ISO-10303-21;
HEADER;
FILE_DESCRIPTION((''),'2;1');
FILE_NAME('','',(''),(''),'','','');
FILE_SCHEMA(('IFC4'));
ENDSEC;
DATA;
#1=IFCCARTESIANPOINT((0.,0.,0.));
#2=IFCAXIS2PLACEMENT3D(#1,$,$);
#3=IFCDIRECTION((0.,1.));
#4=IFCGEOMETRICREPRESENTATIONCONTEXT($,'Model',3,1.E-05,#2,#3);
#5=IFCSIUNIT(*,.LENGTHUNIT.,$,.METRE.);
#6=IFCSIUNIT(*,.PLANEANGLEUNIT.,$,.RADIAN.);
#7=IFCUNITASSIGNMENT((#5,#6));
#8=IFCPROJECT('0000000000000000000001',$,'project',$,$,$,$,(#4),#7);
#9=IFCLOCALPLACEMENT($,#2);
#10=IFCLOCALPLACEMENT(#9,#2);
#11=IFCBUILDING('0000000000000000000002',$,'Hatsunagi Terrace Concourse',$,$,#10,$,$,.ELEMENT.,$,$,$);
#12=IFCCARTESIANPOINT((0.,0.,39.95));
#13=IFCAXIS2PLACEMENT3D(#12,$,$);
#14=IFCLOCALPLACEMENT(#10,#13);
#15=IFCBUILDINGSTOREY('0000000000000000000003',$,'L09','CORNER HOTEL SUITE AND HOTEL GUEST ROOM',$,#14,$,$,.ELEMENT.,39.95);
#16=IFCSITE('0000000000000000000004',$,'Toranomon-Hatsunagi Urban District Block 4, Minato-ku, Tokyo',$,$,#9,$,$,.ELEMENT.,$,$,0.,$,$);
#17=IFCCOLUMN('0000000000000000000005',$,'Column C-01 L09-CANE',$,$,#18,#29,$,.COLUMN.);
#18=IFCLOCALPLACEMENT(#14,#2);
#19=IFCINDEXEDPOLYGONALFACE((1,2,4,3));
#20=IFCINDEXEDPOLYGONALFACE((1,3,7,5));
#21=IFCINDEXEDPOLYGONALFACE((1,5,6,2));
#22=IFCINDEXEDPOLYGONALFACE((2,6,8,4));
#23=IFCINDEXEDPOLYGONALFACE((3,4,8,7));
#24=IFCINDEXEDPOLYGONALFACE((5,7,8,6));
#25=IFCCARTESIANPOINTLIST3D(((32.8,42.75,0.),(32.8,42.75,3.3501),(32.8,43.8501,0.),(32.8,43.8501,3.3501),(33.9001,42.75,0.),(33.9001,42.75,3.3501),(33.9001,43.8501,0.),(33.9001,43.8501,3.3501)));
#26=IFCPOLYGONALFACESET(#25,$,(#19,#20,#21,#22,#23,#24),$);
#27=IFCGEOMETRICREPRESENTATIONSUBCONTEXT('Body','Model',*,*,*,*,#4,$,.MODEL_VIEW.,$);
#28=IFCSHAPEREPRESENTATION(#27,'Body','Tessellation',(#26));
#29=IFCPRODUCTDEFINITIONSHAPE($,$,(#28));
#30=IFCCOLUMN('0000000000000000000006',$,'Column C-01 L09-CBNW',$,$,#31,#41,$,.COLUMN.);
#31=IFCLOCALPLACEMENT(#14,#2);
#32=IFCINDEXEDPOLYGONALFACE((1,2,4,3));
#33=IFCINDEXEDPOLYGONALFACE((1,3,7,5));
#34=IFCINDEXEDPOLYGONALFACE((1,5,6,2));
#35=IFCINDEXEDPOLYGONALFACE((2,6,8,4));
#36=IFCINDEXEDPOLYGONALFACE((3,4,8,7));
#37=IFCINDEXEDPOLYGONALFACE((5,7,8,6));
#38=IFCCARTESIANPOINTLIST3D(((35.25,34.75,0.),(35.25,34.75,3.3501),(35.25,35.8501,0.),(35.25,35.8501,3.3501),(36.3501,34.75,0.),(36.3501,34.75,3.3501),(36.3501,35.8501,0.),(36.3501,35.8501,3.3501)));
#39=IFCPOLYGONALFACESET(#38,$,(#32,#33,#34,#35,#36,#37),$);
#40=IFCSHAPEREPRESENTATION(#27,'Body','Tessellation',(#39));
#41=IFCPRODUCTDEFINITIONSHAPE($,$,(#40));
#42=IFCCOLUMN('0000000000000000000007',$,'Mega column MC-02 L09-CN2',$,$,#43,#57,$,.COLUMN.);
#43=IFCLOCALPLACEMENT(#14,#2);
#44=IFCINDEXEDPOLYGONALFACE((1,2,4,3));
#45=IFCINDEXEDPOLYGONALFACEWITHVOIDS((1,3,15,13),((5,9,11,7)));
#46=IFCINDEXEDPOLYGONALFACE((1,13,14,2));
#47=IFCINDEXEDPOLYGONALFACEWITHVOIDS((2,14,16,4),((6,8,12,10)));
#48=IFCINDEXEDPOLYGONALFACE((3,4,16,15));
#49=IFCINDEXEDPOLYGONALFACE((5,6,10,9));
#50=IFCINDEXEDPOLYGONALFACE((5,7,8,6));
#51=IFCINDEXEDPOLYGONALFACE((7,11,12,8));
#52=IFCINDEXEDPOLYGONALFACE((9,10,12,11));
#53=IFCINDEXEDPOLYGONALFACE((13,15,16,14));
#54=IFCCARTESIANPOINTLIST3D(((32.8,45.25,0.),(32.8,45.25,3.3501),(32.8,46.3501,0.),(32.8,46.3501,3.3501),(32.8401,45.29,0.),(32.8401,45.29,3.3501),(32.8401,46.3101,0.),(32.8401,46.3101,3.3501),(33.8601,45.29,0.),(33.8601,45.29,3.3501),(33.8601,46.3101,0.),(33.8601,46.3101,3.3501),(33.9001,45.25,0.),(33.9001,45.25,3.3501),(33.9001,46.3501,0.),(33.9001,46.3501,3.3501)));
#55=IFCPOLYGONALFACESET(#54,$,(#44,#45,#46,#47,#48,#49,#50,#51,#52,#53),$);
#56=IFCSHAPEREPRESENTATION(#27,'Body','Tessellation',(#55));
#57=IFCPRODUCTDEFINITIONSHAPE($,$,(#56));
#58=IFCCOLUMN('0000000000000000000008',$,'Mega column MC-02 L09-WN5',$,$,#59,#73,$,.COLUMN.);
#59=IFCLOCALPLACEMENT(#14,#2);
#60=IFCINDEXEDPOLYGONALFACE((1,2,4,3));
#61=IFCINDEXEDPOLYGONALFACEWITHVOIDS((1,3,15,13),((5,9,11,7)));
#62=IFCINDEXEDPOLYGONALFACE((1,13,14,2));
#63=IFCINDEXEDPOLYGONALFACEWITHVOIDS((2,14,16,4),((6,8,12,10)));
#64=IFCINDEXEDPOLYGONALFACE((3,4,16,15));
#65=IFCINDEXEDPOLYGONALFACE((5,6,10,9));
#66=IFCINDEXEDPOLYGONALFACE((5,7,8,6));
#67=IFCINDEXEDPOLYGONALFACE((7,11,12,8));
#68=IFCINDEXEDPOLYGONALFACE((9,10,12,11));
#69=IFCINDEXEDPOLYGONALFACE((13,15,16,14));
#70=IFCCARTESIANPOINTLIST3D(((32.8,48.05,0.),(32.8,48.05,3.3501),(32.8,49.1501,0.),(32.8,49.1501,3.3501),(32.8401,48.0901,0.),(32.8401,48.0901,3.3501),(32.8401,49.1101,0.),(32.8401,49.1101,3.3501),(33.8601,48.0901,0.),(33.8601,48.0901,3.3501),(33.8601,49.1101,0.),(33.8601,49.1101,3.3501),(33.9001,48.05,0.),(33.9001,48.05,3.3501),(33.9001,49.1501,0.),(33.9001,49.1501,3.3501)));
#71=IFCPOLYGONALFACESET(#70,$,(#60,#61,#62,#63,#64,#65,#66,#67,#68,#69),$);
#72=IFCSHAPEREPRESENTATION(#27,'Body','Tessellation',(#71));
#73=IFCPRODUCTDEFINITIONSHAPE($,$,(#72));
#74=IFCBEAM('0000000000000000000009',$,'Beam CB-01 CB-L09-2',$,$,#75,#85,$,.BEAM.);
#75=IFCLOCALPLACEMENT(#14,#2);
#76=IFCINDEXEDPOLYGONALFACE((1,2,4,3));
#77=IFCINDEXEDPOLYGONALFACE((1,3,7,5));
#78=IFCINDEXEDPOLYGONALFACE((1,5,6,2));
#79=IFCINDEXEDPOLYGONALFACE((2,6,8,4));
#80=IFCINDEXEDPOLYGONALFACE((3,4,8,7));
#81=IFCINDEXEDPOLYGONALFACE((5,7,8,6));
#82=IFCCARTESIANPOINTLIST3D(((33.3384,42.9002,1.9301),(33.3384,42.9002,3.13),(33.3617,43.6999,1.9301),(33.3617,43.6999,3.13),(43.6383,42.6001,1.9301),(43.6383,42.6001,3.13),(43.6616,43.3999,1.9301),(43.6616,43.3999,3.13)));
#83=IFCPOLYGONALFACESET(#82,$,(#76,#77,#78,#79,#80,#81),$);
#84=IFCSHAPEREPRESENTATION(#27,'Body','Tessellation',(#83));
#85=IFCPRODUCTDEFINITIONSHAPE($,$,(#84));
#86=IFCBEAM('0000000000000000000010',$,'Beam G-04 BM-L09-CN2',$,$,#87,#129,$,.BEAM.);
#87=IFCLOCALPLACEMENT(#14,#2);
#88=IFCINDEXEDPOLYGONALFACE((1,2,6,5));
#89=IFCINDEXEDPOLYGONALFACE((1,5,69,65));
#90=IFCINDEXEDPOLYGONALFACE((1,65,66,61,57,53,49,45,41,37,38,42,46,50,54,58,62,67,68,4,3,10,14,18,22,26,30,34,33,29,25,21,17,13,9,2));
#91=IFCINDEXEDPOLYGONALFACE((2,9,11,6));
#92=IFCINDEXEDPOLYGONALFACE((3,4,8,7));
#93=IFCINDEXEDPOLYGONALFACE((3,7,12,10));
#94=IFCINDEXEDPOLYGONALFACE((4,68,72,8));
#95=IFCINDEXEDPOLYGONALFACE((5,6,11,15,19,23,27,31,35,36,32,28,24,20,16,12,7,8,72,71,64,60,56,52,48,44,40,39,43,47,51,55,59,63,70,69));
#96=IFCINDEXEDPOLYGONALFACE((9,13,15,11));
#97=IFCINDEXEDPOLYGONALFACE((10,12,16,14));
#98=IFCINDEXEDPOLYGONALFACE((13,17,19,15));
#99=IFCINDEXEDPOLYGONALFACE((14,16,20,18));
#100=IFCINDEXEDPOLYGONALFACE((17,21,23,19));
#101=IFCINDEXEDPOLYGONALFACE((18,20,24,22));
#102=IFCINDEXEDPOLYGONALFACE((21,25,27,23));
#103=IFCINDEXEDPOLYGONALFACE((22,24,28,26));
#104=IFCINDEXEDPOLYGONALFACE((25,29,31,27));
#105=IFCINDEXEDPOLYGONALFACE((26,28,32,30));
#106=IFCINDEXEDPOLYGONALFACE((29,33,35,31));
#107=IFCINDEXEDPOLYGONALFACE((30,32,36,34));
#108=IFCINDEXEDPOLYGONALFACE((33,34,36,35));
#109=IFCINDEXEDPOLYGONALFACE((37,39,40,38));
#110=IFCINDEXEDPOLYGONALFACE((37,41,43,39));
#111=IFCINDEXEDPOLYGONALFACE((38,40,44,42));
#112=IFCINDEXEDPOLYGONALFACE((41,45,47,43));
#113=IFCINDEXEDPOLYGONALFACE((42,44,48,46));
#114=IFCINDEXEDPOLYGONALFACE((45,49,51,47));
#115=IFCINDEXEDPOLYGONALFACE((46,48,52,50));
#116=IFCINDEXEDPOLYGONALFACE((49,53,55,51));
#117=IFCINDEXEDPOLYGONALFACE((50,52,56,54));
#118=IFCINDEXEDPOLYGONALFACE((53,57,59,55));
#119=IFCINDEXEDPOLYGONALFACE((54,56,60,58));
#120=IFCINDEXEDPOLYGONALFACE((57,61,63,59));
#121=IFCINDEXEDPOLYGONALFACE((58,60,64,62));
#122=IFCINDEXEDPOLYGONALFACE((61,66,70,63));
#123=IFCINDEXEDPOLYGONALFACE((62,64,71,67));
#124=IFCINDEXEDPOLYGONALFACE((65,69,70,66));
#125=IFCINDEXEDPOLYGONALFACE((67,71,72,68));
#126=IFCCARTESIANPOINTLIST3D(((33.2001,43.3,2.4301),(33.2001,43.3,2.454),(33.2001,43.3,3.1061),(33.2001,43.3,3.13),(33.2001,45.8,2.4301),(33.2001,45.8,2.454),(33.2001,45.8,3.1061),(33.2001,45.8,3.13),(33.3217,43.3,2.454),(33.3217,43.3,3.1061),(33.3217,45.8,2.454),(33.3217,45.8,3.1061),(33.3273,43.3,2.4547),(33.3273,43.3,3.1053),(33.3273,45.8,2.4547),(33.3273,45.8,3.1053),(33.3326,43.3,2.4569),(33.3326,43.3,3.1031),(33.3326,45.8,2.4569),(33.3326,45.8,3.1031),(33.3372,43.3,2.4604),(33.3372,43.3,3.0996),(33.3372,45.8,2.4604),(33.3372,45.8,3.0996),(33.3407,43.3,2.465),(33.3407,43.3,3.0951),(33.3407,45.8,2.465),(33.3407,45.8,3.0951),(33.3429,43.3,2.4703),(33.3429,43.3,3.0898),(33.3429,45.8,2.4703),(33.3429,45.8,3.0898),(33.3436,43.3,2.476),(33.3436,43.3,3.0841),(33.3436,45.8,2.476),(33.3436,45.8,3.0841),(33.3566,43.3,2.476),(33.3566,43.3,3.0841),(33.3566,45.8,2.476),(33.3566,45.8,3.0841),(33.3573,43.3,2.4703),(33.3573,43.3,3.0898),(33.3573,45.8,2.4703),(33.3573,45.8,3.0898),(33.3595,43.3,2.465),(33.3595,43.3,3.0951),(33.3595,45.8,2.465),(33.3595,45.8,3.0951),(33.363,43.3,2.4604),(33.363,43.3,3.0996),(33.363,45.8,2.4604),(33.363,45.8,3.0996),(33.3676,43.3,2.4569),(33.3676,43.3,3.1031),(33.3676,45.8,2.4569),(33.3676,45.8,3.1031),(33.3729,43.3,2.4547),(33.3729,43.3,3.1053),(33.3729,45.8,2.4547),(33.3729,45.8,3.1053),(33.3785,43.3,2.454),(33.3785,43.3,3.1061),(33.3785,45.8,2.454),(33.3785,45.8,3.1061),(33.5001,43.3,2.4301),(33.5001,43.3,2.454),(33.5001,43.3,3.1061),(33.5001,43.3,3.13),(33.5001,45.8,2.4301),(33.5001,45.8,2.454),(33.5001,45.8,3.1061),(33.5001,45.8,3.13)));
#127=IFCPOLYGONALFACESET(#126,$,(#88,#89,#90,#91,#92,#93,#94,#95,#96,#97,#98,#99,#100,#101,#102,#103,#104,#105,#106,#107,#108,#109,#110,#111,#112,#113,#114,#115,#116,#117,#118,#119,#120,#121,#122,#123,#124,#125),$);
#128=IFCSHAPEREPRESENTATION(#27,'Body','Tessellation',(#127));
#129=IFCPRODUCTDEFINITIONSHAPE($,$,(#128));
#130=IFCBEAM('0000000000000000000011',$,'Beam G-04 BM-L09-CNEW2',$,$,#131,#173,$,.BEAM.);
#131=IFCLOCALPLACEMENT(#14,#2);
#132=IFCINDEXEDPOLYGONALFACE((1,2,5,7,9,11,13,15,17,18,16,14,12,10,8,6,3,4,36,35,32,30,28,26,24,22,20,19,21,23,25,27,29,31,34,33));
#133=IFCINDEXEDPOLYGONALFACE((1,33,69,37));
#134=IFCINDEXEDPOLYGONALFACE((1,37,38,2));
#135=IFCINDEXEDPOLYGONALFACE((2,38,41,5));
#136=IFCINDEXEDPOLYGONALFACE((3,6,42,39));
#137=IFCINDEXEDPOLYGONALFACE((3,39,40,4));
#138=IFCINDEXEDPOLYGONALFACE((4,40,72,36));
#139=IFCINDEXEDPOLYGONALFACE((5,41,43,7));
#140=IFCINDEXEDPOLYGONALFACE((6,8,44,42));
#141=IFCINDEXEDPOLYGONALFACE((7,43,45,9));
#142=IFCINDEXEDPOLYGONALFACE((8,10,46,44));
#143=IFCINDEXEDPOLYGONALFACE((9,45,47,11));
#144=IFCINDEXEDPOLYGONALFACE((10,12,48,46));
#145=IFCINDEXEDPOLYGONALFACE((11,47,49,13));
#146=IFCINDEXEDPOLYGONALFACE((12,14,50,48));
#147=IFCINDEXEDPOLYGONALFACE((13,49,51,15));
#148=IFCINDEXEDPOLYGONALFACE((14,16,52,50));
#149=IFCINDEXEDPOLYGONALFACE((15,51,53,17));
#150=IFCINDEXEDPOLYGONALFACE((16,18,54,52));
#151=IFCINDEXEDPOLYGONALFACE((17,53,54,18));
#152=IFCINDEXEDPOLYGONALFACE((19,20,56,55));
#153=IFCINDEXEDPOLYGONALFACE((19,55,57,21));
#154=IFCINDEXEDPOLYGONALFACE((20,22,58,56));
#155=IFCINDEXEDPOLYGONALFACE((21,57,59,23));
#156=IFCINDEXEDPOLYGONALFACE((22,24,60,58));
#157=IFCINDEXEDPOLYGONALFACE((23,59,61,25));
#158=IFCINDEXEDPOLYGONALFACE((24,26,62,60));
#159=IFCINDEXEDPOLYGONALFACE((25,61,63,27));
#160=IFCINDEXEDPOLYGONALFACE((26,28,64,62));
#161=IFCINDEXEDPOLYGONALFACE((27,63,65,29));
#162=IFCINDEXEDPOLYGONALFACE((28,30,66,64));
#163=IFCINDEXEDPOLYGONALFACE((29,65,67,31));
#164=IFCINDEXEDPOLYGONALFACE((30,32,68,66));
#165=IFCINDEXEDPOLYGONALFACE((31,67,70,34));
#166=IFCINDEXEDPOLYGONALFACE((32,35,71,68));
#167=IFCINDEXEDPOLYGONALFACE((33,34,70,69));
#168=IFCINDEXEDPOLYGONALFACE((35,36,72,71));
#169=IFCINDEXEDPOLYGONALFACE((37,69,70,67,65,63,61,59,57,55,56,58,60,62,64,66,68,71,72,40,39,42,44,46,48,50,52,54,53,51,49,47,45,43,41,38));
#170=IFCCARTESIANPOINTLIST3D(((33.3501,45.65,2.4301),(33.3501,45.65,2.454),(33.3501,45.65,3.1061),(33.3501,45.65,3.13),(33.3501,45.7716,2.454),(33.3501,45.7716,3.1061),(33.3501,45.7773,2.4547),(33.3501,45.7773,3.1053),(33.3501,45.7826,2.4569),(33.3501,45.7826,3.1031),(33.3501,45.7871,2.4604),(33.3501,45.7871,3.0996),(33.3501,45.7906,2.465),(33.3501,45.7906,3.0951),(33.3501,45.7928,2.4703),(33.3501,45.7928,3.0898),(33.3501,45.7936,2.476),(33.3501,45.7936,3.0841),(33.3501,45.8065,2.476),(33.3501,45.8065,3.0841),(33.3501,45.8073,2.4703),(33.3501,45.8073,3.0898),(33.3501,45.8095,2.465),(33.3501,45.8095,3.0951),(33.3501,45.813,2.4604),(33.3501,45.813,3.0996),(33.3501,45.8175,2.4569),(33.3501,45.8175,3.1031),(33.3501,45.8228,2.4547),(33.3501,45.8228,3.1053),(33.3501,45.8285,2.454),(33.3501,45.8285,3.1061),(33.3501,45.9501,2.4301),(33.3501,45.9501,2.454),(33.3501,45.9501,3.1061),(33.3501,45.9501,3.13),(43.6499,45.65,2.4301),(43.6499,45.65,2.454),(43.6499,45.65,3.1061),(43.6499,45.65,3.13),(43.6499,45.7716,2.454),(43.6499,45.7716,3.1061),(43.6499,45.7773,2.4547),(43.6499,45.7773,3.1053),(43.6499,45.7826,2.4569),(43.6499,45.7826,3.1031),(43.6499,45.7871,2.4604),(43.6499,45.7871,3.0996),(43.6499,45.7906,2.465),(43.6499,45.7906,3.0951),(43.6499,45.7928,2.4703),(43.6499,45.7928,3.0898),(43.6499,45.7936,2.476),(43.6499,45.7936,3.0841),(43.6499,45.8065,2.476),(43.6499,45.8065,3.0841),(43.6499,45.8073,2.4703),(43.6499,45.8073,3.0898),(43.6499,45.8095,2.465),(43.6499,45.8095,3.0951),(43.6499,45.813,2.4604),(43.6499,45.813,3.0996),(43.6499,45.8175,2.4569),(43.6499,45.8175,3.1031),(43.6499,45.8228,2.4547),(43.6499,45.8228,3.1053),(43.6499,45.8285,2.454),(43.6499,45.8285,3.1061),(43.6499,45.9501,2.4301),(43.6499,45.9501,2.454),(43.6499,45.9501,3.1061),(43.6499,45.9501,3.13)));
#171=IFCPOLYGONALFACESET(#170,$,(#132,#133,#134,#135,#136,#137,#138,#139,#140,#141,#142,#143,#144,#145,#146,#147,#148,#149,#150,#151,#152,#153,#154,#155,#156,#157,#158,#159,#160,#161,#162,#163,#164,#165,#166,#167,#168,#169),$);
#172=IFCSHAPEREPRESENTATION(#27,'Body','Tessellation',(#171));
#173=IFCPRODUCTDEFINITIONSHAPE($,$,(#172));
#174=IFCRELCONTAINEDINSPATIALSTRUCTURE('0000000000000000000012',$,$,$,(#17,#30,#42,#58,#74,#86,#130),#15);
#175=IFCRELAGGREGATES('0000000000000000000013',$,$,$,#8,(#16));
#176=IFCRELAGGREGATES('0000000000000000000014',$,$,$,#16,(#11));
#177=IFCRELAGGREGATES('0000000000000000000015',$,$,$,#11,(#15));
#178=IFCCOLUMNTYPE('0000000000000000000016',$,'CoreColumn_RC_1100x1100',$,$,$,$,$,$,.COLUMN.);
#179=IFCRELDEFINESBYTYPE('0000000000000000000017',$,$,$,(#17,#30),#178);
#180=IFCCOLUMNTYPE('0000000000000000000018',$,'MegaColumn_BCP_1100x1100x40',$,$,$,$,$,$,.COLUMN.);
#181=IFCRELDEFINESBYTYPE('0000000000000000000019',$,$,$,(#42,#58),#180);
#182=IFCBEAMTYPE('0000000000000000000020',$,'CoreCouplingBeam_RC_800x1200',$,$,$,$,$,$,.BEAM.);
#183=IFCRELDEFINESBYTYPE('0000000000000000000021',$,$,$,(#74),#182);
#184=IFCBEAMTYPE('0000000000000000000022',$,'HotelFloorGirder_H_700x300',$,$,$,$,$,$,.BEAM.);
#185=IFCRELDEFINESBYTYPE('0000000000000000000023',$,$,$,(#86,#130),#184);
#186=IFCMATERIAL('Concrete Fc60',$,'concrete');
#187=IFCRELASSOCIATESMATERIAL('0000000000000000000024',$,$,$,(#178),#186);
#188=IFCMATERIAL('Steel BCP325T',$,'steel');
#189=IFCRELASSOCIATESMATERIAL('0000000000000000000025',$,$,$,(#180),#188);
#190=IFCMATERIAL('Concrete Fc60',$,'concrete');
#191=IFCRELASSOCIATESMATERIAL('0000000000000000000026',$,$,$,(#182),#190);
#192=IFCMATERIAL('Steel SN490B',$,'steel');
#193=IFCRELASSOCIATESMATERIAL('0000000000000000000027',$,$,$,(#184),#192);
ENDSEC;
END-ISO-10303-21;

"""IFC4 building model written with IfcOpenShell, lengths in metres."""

from ifc_helpers import new_model, si_unit, direction, frame, origin, origin_2d, place, context, subcontext, project, spatial, rectangle, hollow_rectangle, i_section, extrude, material, material_profile, profile_set, type_object, element, save


model = new_model("IFC4")

# Units and contexts
model_context = context("Model", 3, precision=1e-05, world=origin(), true_north=direction((0.0, 1.0)))
body_context = subcontext(model_context, "Body", "Model", "MODEL_VIEW")
ifc_project = project(units=[si_unit("LENGTHUNIT", "METRE"), si_unit("PLANEANGLEUNIT", "RADIAN")], contexts=[model_context])

# Site, building, storey
site_placement = place(None, origin())
site = spatial("IfcSite", under=ifc_project, at=site_placement, Name="Toranomon-Hatsunagi Urban District Block 4, Minato-ku, Tokyo", CompositionType="ELEMENT", RefElevation=0.0)
building_placement = place(site_placement, origin())
building = spatial("IfcBuilding", under=site, at=building_placement, Name="Hatsunagi Terrace Concourse", CompositionType="ELEMENT")
storey_placement = place(building_placement, frame((0.0, 0.0, 39.95)))
storey = spatial("IfcBuildingStorey", under=building, at=storey_placement, Name="L09", Description="CORNER HOTEL SUITE AND HOTEL GUEST ROOM", CompositionType="ELEMENT", Elevation=39.95)

# Columns
ifc_material_1 = material(Name="Concrete Fc60", Category="concrete")
ifc_material_profile_1 = material_profile(ifc_material_1, rectangle(XDim=1.1001, YDim=1.1001, at=origin_2d()), Name="RC-1100x1100")
ifc_profile_set_1 = profile_set([ifc_material_profile_1], Name="Concrete Fc60")
column_type_1 = type_object("IfcColumnType", Name="CoreColumn_RC_1100x1100", PredefinedType="COLUMN", material=ifc_profile_set_1)
for number, where, z_axis, x_axis, name in (
    (1, (33.3501, 43.3, 0.0), (0.0, 0.0, 1.0), (1.0, 0.0, 0.0), "Column C-01 L09-CANE"),
    (2, (35.8, 35.3, 0.0), (0.0, 0.0, 1.0), (1.0, 0.0, 0.0), "Column C-01 L09-CBNW"),
):
    element("IfcColumn", number, at=place(storey_placement, frame(where, z_axis=z_axis, x_axis=x_axis)), inside=storey, type_object=column_type_1, Name=name, PredefinedType="COLUMN", context=body_context, shape_type="SweptSolid", body=[
        extrude(rectangle(XDim=1.1001, YDim=1.1001, at=origin_2d()), origin(), (0.0, 0.0, 1.0), 3.3501),
    ])
ifc_material_2 = material(Name="Steel BCP325T", Category="steel")
ifc_material_profile_2 = material_profile(ifc_material_2, hollow_rectangle(XDim=1.1001, YDim=1.1001, WallThickness=0.04, at=origin_2d()), Name="BCP-1100x1100x40")
ifc_profile_set_2 = profile_set([ifc_material_profile_2], Name="Steel BCP325T")
column_type_2 = type_object("IfcColumnType", Name="MegaColumn_BCP_1100x1100x40", PredefinedType="COLUMN", material=ifc_profile_set_2)
for number, where, z_axis, x_axis, name in (
    (3, (33.3501, 45.8, 0.0), (0.0, 0.0, 1.0), (1.0, 0.0, 0.0), "Mega column MC-02 L09-CN2"),
    (4, (33.3501, 48.6001, 0.0), (0.0, 0.0, 1.0), (1.0, 0.0, 0.0), "Mega column MC-02 L09-WN5"),
):
    element("IfcColumn", number, at=place(storey_placement, frame(where, z_axis=z_axis, x_axis=x_axis)), inside=storey, type_object=column_type_2, Name=name, PredefinedType="COLUMN", context=body_context, shape_type="SweptSolid", body=[
        extrude(hollow_rectangle(XDim=1.1001, YDim=1.1001, WallThickness=0.04, at=origin_2d()), origin(), (0.0, 0.0, 1.0), 3.3501),
    ])

# Beams
ifc_material_3 = material(Name="Concrete Fc60", Category="concrete")
ifc_material_profile_3 = material_profile(ifc_material_3, rectangle(XDim=0.8, YDim=1.2, at=origin_2d()), Name="RC-800x1200")
ifc_profile_set_3 = profile_set([ifc_material_profile_3], Name="Concrete Fc60")
beam_type_1 = type_object("IfcBeamType", Name="CoreCouplingBeam_RC_800x1200", PredefinedType="BEAM", material=ifc_profile_set_3)
beam_1_placement = place(storey_placement, frame((33.3501, 43.3, 2.53), z_axis=(0.999576, -0.029119, 0.0), x_axis=(0.029119, 0.999576, 0.0)))
element("IfcBeam", 5, at=beam_1_placement, inside=storey, type_object=beam_type_1, Name="Beam CB-01 CB-L09-2", PredefinedType="BEAM", context=body_context, shape_type="SweptSolid", body=[
    extrude(rectangle(XDim=0.8, YDim=1.2, at=origin_2d()), origin(), (0.0, 0.0, 1.0), 10.3042),
])
ifc_material_4 = material(Name="Steel SN490B", Category="steel")
ifc_material_profile_4 = material_profile(ifc_material_4, i_section(OverallWidth=0.3, OverallDepth=0.7, WebThickness=0.0129, FlangeThickness=0.0239, FilletRadius=0.022, at=origin_2d()), Name="H-700x300x13x24")
ifc_profile_set_4 = profile_set([ifc_material_profile_4], Name="Steel SN490B")
beam_type_2 = type_object("IfcBeamType", Name="HotelFloorGirder_H_700x300", PredefinedType="BEAM", material=ifc_profile_set_4)
beam_2_placement = place(storey_placement, frame((33.3501, 43.3, 2.78), z_axis=(0.0, 1.0, 0.0), x_axis=(-1.0, 0.0, 0.0)))
element("IfcBeam", 6, at=beam_2_placement, inside=storey, type_object=beam_type_2, Name="Beam G-04 BM-L09-CN2", PredefinedType="BEAM", context=body_context, shape_type="SweptSolid", body=[
    extrude(i_section(OverallWidth=0.3, OverallDepth=0.7, WebThickness=0.0129, FlangeThickness=0.0239, FilletRadius=0.022, at=origin_2d()), origin(), (0.0, 0.0, 1.0), 2.5),
])
beam_3_placement = place(storey_placement, frame((33.3501, 45.8, 2.78), z_axis=(1.0, 0.0, 0.0), x_axis=(0.0, 1.0, 0.0)))
element("IfcBeam", 7, at=beam_3_placement, inside=storey, type_object=beam_type_2, Name="Beam G-04 BM-L09-CNEW2", PredefinedType="BEAM", context=body_context, shape_type="SweptSolid", body=[
    extrude(i_section(OverallWidth=0.3, OverallDepth=0.7, WebThickness=0.0129, FlangeThickness=0.0239, FilletRadius=0.022, at=origin_2d()), origin(), (0.0, 0.0, 1.0), 10.2998),
])

save(model, "model.ifc")
